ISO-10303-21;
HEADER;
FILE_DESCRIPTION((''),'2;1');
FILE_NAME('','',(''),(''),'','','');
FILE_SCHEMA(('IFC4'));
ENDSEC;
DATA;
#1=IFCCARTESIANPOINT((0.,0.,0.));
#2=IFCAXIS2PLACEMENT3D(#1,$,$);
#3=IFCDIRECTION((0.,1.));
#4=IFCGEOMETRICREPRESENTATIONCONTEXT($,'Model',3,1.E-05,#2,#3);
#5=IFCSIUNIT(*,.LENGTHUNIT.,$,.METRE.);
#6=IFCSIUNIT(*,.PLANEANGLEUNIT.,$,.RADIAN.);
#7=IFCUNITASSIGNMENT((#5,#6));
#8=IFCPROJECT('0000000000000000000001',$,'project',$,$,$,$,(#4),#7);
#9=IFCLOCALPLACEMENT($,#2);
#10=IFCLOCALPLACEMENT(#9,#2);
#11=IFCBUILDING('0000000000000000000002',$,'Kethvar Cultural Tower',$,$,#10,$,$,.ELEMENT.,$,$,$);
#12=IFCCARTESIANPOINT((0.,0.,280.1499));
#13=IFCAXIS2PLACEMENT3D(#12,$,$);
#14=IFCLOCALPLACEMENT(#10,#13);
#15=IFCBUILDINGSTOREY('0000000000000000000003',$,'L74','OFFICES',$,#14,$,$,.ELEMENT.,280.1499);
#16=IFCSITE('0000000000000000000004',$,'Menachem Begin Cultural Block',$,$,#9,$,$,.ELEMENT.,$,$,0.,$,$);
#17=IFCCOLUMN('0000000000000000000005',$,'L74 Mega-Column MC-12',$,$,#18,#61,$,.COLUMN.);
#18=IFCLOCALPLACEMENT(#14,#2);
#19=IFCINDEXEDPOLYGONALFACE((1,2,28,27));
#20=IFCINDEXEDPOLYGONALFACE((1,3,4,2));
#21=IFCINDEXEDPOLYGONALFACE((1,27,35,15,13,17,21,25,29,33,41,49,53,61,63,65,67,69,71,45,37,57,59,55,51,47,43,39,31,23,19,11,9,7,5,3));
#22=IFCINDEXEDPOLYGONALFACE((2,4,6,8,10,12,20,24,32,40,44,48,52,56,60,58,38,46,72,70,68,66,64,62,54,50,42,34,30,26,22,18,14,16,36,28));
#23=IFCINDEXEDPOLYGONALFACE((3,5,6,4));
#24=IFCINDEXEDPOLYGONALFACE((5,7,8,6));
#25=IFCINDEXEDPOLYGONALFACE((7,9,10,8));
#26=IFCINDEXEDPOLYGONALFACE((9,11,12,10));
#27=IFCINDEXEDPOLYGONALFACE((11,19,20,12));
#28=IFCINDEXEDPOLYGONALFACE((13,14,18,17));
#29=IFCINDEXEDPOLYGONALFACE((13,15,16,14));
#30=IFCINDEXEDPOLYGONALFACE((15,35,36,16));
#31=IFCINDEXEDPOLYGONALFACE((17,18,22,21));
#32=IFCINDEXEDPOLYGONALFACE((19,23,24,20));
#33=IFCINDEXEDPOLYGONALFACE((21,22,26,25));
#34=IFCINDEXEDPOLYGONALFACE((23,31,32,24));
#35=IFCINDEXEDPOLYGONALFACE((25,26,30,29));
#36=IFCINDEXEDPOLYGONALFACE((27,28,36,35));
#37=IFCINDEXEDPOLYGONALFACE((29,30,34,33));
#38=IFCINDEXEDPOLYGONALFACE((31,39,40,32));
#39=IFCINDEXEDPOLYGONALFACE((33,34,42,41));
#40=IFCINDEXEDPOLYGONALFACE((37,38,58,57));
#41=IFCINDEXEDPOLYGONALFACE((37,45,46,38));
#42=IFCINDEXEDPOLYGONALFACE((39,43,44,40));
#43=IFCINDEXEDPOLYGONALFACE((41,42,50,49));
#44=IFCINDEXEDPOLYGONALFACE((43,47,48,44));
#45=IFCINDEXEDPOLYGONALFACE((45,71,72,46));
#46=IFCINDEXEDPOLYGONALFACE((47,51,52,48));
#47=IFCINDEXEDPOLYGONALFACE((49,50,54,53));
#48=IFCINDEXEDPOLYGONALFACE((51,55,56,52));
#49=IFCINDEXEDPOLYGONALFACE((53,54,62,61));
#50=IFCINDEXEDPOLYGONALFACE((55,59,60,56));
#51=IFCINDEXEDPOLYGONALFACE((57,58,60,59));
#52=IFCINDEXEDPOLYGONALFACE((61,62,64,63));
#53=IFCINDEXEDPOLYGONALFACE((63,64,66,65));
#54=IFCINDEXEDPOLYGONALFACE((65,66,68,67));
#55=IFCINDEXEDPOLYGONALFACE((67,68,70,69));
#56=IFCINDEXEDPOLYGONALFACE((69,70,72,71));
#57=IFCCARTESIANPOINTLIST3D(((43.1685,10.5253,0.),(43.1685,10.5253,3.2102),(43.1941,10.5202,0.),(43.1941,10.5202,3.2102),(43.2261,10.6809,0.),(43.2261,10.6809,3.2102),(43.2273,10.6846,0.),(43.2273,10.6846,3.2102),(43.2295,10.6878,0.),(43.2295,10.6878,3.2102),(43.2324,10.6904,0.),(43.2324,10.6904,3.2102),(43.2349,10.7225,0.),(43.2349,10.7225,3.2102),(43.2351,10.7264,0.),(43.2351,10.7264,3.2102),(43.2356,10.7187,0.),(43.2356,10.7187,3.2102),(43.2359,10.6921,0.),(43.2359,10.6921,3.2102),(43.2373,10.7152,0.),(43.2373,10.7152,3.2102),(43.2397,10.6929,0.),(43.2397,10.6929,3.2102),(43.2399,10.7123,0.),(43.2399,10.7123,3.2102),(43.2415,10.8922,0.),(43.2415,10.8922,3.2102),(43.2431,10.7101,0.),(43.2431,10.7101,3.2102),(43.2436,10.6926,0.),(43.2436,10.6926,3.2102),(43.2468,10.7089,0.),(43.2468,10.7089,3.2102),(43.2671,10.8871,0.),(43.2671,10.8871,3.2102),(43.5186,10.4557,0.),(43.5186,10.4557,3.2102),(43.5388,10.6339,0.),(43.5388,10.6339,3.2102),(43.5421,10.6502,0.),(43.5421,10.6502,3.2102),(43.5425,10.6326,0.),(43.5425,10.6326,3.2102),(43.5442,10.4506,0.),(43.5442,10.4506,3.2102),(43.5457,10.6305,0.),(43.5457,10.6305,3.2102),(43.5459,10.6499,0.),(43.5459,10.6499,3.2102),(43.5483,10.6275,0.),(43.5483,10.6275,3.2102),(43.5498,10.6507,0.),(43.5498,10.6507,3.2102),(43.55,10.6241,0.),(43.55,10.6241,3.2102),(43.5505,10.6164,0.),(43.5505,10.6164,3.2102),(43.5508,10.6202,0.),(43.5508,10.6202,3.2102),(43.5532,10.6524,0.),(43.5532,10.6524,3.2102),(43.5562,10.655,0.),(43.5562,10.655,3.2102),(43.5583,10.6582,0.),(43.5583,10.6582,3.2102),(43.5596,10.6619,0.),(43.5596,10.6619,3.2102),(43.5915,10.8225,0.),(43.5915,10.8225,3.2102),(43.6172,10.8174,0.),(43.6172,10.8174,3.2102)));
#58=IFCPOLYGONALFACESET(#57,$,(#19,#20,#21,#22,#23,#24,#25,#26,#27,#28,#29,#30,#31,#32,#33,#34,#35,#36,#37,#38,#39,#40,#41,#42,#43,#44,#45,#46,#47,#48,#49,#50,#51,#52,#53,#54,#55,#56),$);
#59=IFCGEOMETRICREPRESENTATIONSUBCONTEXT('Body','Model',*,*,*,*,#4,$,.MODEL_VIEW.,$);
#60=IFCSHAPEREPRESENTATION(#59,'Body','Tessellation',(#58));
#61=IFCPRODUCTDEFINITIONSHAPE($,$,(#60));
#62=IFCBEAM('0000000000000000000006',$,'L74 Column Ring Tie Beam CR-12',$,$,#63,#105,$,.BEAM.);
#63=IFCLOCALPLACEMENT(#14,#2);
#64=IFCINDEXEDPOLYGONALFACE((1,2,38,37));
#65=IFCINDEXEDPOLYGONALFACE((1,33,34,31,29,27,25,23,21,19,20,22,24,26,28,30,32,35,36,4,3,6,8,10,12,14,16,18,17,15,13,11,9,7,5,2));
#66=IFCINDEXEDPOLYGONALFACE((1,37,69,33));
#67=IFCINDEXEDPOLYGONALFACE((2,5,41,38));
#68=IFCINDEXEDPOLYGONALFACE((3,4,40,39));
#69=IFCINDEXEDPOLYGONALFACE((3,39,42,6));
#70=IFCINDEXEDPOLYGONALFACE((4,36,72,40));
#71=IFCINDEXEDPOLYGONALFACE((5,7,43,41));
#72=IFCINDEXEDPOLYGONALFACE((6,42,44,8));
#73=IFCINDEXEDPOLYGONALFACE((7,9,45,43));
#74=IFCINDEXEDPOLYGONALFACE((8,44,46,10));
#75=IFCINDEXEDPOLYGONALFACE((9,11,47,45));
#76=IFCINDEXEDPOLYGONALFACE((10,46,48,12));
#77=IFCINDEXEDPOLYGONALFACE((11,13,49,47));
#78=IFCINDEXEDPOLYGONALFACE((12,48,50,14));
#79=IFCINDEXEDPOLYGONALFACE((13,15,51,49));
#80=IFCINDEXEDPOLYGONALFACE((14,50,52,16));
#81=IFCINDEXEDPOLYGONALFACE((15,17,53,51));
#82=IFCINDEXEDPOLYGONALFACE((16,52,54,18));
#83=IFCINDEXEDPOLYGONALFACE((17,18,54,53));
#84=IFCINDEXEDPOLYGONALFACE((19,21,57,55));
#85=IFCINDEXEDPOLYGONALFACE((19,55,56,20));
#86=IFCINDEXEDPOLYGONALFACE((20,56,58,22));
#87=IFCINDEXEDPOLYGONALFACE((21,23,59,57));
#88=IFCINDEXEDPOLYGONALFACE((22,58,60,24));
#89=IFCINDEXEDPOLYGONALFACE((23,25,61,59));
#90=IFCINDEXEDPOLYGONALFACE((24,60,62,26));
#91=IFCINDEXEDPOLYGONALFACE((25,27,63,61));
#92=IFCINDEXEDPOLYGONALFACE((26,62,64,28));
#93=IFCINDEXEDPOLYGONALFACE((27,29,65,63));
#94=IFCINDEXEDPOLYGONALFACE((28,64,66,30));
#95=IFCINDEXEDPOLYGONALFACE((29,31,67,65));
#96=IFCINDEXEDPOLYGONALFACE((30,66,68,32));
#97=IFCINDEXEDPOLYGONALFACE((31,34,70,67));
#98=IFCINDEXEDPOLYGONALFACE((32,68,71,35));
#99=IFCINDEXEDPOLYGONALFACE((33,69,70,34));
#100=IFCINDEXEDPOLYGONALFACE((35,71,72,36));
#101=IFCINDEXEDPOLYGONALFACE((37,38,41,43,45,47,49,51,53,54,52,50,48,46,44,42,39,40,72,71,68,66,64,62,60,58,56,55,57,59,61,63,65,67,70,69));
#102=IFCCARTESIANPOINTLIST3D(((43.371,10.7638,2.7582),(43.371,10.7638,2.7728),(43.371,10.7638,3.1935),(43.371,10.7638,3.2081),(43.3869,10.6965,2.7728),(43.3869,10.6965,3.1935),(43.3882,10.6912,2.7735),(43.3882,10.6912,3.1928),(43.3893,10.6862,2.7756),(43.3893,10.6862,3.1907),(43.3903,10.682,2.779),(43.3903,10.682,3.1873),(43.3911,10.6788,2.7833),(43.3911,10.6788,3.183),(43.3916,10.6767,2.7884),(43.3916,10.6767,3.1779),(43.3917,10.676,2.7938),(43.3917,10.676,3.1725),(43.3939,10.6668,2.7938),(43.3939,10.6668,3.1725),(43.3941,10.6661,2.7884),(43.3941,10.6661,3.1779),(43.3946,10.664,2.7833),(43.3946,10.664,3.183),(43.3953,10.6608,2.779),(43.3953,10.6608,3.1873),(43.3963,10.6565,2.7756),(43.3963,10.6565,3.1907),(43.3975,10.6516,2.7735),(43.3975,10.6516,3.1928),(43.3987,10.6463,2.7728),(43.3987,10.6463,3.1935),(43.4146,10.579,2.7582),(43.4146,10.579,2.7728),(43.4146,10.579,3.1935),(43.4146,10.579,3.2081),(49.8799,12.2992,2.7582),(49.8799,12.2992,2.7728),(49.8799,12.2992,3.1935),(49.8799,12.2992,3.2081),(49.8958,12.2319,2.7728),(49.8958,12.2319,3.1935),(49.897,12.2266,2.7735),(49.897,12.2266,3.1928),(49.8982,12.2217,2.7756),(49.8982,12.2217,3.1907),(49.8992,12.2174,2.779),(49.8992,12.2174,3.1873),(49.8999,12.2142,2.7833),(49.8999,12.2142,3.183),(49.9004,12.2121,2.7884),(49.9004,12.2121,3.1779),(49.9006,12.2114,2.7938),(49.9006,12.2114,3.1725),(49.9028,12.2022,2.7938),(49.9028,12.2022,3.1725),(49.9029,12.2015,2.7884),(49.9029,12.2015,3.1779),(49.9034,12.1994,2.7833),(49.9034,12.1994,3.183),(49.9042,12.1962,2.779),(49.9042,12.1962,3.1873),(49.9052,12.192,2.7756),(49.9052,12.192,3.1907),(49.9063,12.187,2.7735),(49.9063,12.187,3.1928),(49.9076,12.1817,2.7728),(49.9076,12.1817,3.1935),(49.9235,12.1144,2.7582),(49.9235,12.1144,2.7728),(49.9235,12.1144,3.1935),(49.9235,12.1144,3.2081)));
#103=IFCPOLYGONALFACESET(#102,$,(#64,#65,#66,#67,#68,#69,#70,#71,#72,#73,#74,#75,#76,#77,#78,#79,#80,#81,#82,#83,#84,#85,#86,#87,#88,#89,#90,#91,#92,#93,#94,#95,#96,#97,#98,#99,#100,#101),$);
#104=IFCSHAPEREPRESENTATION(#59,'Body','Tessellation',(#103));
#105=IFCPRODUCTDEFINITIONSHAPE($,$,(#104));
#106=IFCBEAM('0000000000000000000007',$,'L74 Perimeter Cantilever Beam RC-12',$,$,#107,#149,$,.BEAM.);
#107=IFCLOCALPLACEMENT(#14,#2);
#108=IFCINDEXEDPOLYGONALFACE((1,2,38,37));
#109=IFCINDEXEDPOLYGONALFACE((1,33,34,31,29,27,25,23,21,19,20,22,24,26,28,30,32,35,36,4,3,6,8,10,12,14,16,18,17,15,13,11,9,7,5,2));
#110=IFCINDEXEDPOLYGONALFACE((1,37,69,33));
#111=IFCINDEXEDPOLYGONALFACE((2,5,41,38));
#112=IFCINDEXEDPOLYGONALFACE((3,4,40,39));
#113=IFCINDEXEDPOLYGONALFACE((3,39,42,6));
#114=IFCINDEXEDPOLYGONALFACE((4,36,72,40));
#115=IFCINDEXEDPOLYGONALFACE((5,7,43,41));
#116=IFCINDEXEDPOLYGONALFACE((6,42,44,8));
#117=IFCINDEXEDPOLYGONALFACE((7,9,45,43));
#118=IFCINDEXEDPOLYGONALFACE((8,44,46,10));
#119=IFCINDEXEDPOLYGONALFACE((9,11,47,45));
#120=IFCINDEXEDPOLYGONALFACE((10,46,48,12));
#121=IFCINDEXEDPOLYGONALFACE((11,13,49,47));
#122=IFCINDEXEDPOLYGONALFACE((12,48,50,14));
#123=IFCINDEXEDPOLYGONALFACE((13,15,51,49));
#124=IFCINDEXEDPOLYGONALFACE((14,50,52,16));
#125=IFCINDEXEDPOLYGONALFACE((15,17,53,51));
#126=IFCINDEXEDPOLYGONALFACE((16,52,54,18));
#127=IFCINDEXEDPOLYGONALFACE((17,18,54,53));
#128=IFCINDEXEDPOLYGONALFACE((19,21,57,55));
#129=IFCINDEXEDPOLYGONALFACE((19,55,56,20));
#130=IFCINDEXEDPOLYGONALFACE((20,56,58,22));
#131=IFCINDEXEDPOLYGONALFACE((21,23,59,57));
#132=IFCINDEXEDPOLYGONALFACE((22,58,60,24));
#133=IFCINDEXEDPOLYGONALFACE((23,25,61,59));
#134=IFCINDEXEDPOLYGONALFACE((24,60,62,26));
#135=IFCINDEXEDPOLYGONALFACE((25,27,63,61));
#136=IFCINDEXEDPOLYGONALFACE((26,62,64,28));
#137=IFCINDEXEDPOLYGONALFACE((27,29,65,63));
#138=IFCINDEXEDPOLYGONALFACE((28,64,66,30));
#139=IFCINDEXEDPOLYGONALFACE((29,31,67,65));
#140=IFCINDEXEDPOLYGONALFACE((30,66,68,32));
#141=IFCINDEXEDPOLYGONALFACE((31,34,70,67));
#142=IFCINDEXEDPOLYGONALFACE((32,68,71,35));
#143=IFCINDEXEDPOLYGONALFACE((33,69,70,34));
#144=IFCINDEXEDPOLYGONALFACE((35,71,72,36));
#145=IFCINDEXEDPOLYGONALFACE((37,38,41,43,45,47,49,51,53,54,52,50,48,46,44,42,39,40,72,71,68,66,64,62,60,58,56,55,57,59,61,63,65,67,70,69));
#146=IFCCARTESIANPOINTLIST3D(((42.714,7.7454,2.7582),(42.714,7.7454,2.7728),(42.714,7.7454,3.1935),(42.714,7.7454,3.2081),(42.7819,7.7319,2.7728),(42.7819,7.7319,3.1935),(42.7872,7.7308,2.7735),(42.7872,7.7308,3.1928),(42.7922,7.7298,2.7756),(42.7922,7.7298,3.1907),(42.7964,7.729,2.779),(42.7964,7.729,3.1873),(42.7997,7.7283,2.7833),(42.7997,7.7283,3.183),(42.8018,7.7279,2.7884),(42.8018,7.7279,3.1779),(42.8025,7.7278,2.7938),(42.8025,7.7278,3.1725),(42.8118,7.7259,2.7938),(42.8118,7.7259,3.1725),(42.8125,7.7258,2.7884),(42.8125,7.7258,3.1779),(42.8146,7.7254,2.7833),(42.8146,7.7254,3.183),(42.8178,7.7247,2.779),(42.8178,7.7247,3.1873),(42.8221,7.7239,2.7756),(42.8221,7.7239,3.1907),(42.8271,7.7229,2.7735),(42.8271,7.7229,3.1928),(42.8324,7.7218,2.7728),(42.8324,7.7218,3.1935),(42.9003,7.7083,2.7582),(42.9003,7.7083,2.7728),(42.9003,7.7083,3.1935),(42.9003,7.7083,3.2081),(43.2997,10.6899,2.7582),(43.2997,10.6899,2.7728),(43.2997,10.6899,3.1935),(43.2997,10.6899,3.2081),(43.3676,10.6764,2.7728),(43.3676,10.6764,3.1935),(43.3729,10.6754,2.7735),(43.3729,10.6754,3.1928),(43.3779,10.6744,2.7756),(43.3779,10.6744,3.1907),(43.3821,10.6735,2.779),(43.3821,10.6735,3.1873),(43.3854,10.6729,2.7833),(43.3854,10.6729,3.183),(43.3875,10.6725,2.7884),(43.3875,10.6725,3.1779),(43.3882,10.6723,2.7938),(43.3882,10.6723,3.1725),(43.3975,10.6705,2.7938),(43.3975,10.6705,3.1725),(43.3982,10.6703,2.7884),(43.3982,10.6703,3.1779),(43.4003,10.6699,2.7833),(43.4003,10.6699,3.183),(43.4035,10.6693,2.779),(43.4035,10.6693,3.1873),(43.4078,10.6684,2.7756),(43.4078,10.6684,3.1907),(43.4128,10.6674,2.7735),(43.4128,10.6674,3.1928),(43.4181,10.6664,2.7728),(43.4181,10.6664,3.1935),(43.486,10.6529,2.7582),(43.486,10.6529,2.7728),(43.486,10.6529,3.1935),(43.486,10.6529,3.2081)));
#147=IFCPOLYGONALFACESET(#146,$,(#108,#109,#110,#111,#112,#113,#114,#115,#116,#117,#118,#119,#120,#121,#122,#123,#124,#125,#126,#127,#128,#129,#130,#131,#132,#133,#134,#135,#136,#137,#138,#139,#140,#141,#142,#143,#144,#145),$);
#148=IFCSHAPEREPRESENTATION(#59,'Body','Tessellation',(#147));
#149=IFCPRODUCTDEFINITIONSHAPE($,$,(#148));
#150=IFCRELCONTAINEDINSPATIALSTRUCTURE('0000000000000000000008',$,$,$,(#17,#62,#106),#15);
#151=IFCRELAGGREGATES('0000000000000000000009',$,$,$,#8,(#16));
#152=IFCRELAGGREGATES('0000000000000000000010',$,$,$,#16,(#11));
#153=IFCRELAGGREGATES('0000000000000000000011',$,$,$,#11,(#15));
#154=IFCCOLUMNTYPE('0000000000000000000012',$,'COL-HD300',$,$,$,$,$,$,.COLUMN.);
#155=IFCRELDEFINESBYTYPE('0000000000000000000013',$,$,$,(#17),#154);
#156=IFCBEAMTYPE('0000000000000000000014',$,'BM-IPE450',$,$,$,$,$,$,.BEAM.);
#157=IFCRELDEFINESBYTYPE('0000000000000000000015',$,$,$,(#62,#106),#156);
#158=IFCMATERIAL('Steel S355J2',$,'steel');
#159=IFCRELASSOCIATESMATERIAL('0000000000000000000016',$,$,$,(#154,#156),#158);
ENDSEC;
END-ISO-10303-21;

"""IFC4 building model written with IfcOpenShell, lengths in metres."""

from ifc_helpers import new_model, si_unit, direction, frame, origin, origin_2d, place, context, subcontext, project, spatial, i_section, extrude, source, transform, mapped, material, material_profile, profile_set, type_object, element, save


model = new_model("IFC4")

# Units and contexts
model_context = context("Model", 3, precision=1e-05, world=origin(), true_north=direction((0.0, 1.0)))
body_context = subcontext(model_context, "Body", "Model", "MODEL_VIEW")
ifc_project = project(units=[si_unit("LENGTHUNIT", "METRE"), si_unit("PLANEANGLEUNIT", "RADIAN")], contexts=[model_context])

# Site, building, storey
site_placement = place(None, origin())
site = spatial("IfcSite", under=ifc_project, at=site_placement, Name="Menachem Begin Cultural Block", CompositionType="ELEMENT", RefElevation=0.0)
building_placement = place(site_placement, origin())
building = spatial("IfcBuilding", under=site, at=building_placement, Name="Kethvar Cultural Tower", CompositionType="ELEMENT")
storey_placement = place(building_placement, frame((0.0, 0.0, 280.1499)))
storey = spatial("IfcBuildingStorey", under=building, at=storey_placement, Name="L74", Description="OFFICES", CompositionType="ELEMENT", Elevation=280.1499)

# Column
ifc_material_1 = material(Name="Steel S355J2", Category="steel")
ifc_material_profile_1 = material_profile(ifc_material_1, i_section(OverallWidth=0.374, OverallDepth=0.3831, WebThickness=0.0166, FlangeThickness=0.0261, FilletRadius=0.0149, at=origin_2d()), Name="Steel S355J2 — HD360x300")
ifc_profile_set_1 = profile_set([ifc_material_profile_1], Name="Steel S355J2 — HD360x300")
column_type = type_object("IfcColumnType", Name="COL-HD300", PredefinedType="COLUMN", material=ifc_profile_set_1)
shared_shape_1 = source(origin(), body_context, "Body", "SweptSolid", [
    extrude(i_section(OverallWidth=0.374, OverallDepth=0.3831, WebThickness=0.0166, FlangeThickness=0.0261, FilletRadius=0.0149, at=origin_2d()), origin(), (0.0, 0.0, 1.0), 3.2102),
])
column_placement = place(storey_placement, frame((43.3928, 10.6714, 0.0), z_axis=(0.0, 0.0, 1.0), x_axis=(-0.19509, -0.980785, 0.0)))
element("IfcColumn", 1, at=column_placement, inside=storey, type_object=column_type, Name="L74 Mega-Column MC-12", PredefinedType="COLUMN", context=body_context, shape_type="MappedRepresentation", body=[
    mapped(shared_shape_1, transform((0.0, 0.0, 0.0), scale=1.0)),
])

# Beams
ifc_material_profile_2 = material_profile(ifc_material_1, i_section(OverallWidth=0.1899, OverallDepth=0.45, WebThickness=0.0095, FlangeThickness=0.0146, FilletRadius=0.021, at=origin_2d()), Name="Steel S355J2 — IPE450")
ifc_profile_set_2 = profile_set([ifc_material_profile_2], Name="Steel S355J2 — IPE450")
beam_type_1 = type_object("IfcBeamType", Name="BM-IPE450", PredefinedType="BEAM", material=ifc_profile_set_2)
shared_shape_2 = source(origin(), body_context, "Body", "SweptSolid", [
    extrude(i_section(OverallWidth=0.1899, OverallDepth=0.45, WebThickness=0.0095, FlangeThickness=0.0146, FilletRadius=0.021, at=origin_2d()), origin(), (0.0, 0.0, 1.0), 6.6875),
])
beam_1_placement = place(storey_placement, frame((43.3928, 10.6714, 2.9832), z_axis=(0.973286, 0.229595, 0.0), x_axis=(-0.229595, 0.973286, 0.0)))
element("IfcBeam", 2, at=beam_1_placement, inside=storey, type_object=beam_type_1, Name="L74 Column Ring Tie Beam CR-12", PredefinedType="BEAM", context=body_context, shape_type="MappedRepresentation", body=[
    mapped(shared_shape_2, transform((0.0, 0.0, 0.0), scale=1.0)),
])
shared_shape_3 = source(origin(), body_context, "Body", "SweptSolid", [
    extrude(i_section(OverallWidth=0.1899, OverallDepth=0.45, WebThickness=0.0095, FlangeThickness=0.0146, FilletRadius=0.021, at=origin_2d()), origin(), (0.0, 0.0, 1.0), 3.0022),
])
beam_2_placement = place(storey_placement, frame((43.3928, 10.6714, 2.9832), z_axis=(-0.195084, -0.980787, 0.0), x_axis=(0.980787, -0.195084, 0.0)))
element("IfcBeam", 3, at=beam_2_placement, inside=storey, type_object=beam_type_1, Name="L74 Perimeter Cantilever Beam RC-12", PredefinedType="BEAM", context=body_context, shape_type="MappedRepresentation", body=[
    mapped(shared_shape_3, transform((0.0, 0.0, 0.0), scale=1.0)),
])

save(model, "model.ifc")
